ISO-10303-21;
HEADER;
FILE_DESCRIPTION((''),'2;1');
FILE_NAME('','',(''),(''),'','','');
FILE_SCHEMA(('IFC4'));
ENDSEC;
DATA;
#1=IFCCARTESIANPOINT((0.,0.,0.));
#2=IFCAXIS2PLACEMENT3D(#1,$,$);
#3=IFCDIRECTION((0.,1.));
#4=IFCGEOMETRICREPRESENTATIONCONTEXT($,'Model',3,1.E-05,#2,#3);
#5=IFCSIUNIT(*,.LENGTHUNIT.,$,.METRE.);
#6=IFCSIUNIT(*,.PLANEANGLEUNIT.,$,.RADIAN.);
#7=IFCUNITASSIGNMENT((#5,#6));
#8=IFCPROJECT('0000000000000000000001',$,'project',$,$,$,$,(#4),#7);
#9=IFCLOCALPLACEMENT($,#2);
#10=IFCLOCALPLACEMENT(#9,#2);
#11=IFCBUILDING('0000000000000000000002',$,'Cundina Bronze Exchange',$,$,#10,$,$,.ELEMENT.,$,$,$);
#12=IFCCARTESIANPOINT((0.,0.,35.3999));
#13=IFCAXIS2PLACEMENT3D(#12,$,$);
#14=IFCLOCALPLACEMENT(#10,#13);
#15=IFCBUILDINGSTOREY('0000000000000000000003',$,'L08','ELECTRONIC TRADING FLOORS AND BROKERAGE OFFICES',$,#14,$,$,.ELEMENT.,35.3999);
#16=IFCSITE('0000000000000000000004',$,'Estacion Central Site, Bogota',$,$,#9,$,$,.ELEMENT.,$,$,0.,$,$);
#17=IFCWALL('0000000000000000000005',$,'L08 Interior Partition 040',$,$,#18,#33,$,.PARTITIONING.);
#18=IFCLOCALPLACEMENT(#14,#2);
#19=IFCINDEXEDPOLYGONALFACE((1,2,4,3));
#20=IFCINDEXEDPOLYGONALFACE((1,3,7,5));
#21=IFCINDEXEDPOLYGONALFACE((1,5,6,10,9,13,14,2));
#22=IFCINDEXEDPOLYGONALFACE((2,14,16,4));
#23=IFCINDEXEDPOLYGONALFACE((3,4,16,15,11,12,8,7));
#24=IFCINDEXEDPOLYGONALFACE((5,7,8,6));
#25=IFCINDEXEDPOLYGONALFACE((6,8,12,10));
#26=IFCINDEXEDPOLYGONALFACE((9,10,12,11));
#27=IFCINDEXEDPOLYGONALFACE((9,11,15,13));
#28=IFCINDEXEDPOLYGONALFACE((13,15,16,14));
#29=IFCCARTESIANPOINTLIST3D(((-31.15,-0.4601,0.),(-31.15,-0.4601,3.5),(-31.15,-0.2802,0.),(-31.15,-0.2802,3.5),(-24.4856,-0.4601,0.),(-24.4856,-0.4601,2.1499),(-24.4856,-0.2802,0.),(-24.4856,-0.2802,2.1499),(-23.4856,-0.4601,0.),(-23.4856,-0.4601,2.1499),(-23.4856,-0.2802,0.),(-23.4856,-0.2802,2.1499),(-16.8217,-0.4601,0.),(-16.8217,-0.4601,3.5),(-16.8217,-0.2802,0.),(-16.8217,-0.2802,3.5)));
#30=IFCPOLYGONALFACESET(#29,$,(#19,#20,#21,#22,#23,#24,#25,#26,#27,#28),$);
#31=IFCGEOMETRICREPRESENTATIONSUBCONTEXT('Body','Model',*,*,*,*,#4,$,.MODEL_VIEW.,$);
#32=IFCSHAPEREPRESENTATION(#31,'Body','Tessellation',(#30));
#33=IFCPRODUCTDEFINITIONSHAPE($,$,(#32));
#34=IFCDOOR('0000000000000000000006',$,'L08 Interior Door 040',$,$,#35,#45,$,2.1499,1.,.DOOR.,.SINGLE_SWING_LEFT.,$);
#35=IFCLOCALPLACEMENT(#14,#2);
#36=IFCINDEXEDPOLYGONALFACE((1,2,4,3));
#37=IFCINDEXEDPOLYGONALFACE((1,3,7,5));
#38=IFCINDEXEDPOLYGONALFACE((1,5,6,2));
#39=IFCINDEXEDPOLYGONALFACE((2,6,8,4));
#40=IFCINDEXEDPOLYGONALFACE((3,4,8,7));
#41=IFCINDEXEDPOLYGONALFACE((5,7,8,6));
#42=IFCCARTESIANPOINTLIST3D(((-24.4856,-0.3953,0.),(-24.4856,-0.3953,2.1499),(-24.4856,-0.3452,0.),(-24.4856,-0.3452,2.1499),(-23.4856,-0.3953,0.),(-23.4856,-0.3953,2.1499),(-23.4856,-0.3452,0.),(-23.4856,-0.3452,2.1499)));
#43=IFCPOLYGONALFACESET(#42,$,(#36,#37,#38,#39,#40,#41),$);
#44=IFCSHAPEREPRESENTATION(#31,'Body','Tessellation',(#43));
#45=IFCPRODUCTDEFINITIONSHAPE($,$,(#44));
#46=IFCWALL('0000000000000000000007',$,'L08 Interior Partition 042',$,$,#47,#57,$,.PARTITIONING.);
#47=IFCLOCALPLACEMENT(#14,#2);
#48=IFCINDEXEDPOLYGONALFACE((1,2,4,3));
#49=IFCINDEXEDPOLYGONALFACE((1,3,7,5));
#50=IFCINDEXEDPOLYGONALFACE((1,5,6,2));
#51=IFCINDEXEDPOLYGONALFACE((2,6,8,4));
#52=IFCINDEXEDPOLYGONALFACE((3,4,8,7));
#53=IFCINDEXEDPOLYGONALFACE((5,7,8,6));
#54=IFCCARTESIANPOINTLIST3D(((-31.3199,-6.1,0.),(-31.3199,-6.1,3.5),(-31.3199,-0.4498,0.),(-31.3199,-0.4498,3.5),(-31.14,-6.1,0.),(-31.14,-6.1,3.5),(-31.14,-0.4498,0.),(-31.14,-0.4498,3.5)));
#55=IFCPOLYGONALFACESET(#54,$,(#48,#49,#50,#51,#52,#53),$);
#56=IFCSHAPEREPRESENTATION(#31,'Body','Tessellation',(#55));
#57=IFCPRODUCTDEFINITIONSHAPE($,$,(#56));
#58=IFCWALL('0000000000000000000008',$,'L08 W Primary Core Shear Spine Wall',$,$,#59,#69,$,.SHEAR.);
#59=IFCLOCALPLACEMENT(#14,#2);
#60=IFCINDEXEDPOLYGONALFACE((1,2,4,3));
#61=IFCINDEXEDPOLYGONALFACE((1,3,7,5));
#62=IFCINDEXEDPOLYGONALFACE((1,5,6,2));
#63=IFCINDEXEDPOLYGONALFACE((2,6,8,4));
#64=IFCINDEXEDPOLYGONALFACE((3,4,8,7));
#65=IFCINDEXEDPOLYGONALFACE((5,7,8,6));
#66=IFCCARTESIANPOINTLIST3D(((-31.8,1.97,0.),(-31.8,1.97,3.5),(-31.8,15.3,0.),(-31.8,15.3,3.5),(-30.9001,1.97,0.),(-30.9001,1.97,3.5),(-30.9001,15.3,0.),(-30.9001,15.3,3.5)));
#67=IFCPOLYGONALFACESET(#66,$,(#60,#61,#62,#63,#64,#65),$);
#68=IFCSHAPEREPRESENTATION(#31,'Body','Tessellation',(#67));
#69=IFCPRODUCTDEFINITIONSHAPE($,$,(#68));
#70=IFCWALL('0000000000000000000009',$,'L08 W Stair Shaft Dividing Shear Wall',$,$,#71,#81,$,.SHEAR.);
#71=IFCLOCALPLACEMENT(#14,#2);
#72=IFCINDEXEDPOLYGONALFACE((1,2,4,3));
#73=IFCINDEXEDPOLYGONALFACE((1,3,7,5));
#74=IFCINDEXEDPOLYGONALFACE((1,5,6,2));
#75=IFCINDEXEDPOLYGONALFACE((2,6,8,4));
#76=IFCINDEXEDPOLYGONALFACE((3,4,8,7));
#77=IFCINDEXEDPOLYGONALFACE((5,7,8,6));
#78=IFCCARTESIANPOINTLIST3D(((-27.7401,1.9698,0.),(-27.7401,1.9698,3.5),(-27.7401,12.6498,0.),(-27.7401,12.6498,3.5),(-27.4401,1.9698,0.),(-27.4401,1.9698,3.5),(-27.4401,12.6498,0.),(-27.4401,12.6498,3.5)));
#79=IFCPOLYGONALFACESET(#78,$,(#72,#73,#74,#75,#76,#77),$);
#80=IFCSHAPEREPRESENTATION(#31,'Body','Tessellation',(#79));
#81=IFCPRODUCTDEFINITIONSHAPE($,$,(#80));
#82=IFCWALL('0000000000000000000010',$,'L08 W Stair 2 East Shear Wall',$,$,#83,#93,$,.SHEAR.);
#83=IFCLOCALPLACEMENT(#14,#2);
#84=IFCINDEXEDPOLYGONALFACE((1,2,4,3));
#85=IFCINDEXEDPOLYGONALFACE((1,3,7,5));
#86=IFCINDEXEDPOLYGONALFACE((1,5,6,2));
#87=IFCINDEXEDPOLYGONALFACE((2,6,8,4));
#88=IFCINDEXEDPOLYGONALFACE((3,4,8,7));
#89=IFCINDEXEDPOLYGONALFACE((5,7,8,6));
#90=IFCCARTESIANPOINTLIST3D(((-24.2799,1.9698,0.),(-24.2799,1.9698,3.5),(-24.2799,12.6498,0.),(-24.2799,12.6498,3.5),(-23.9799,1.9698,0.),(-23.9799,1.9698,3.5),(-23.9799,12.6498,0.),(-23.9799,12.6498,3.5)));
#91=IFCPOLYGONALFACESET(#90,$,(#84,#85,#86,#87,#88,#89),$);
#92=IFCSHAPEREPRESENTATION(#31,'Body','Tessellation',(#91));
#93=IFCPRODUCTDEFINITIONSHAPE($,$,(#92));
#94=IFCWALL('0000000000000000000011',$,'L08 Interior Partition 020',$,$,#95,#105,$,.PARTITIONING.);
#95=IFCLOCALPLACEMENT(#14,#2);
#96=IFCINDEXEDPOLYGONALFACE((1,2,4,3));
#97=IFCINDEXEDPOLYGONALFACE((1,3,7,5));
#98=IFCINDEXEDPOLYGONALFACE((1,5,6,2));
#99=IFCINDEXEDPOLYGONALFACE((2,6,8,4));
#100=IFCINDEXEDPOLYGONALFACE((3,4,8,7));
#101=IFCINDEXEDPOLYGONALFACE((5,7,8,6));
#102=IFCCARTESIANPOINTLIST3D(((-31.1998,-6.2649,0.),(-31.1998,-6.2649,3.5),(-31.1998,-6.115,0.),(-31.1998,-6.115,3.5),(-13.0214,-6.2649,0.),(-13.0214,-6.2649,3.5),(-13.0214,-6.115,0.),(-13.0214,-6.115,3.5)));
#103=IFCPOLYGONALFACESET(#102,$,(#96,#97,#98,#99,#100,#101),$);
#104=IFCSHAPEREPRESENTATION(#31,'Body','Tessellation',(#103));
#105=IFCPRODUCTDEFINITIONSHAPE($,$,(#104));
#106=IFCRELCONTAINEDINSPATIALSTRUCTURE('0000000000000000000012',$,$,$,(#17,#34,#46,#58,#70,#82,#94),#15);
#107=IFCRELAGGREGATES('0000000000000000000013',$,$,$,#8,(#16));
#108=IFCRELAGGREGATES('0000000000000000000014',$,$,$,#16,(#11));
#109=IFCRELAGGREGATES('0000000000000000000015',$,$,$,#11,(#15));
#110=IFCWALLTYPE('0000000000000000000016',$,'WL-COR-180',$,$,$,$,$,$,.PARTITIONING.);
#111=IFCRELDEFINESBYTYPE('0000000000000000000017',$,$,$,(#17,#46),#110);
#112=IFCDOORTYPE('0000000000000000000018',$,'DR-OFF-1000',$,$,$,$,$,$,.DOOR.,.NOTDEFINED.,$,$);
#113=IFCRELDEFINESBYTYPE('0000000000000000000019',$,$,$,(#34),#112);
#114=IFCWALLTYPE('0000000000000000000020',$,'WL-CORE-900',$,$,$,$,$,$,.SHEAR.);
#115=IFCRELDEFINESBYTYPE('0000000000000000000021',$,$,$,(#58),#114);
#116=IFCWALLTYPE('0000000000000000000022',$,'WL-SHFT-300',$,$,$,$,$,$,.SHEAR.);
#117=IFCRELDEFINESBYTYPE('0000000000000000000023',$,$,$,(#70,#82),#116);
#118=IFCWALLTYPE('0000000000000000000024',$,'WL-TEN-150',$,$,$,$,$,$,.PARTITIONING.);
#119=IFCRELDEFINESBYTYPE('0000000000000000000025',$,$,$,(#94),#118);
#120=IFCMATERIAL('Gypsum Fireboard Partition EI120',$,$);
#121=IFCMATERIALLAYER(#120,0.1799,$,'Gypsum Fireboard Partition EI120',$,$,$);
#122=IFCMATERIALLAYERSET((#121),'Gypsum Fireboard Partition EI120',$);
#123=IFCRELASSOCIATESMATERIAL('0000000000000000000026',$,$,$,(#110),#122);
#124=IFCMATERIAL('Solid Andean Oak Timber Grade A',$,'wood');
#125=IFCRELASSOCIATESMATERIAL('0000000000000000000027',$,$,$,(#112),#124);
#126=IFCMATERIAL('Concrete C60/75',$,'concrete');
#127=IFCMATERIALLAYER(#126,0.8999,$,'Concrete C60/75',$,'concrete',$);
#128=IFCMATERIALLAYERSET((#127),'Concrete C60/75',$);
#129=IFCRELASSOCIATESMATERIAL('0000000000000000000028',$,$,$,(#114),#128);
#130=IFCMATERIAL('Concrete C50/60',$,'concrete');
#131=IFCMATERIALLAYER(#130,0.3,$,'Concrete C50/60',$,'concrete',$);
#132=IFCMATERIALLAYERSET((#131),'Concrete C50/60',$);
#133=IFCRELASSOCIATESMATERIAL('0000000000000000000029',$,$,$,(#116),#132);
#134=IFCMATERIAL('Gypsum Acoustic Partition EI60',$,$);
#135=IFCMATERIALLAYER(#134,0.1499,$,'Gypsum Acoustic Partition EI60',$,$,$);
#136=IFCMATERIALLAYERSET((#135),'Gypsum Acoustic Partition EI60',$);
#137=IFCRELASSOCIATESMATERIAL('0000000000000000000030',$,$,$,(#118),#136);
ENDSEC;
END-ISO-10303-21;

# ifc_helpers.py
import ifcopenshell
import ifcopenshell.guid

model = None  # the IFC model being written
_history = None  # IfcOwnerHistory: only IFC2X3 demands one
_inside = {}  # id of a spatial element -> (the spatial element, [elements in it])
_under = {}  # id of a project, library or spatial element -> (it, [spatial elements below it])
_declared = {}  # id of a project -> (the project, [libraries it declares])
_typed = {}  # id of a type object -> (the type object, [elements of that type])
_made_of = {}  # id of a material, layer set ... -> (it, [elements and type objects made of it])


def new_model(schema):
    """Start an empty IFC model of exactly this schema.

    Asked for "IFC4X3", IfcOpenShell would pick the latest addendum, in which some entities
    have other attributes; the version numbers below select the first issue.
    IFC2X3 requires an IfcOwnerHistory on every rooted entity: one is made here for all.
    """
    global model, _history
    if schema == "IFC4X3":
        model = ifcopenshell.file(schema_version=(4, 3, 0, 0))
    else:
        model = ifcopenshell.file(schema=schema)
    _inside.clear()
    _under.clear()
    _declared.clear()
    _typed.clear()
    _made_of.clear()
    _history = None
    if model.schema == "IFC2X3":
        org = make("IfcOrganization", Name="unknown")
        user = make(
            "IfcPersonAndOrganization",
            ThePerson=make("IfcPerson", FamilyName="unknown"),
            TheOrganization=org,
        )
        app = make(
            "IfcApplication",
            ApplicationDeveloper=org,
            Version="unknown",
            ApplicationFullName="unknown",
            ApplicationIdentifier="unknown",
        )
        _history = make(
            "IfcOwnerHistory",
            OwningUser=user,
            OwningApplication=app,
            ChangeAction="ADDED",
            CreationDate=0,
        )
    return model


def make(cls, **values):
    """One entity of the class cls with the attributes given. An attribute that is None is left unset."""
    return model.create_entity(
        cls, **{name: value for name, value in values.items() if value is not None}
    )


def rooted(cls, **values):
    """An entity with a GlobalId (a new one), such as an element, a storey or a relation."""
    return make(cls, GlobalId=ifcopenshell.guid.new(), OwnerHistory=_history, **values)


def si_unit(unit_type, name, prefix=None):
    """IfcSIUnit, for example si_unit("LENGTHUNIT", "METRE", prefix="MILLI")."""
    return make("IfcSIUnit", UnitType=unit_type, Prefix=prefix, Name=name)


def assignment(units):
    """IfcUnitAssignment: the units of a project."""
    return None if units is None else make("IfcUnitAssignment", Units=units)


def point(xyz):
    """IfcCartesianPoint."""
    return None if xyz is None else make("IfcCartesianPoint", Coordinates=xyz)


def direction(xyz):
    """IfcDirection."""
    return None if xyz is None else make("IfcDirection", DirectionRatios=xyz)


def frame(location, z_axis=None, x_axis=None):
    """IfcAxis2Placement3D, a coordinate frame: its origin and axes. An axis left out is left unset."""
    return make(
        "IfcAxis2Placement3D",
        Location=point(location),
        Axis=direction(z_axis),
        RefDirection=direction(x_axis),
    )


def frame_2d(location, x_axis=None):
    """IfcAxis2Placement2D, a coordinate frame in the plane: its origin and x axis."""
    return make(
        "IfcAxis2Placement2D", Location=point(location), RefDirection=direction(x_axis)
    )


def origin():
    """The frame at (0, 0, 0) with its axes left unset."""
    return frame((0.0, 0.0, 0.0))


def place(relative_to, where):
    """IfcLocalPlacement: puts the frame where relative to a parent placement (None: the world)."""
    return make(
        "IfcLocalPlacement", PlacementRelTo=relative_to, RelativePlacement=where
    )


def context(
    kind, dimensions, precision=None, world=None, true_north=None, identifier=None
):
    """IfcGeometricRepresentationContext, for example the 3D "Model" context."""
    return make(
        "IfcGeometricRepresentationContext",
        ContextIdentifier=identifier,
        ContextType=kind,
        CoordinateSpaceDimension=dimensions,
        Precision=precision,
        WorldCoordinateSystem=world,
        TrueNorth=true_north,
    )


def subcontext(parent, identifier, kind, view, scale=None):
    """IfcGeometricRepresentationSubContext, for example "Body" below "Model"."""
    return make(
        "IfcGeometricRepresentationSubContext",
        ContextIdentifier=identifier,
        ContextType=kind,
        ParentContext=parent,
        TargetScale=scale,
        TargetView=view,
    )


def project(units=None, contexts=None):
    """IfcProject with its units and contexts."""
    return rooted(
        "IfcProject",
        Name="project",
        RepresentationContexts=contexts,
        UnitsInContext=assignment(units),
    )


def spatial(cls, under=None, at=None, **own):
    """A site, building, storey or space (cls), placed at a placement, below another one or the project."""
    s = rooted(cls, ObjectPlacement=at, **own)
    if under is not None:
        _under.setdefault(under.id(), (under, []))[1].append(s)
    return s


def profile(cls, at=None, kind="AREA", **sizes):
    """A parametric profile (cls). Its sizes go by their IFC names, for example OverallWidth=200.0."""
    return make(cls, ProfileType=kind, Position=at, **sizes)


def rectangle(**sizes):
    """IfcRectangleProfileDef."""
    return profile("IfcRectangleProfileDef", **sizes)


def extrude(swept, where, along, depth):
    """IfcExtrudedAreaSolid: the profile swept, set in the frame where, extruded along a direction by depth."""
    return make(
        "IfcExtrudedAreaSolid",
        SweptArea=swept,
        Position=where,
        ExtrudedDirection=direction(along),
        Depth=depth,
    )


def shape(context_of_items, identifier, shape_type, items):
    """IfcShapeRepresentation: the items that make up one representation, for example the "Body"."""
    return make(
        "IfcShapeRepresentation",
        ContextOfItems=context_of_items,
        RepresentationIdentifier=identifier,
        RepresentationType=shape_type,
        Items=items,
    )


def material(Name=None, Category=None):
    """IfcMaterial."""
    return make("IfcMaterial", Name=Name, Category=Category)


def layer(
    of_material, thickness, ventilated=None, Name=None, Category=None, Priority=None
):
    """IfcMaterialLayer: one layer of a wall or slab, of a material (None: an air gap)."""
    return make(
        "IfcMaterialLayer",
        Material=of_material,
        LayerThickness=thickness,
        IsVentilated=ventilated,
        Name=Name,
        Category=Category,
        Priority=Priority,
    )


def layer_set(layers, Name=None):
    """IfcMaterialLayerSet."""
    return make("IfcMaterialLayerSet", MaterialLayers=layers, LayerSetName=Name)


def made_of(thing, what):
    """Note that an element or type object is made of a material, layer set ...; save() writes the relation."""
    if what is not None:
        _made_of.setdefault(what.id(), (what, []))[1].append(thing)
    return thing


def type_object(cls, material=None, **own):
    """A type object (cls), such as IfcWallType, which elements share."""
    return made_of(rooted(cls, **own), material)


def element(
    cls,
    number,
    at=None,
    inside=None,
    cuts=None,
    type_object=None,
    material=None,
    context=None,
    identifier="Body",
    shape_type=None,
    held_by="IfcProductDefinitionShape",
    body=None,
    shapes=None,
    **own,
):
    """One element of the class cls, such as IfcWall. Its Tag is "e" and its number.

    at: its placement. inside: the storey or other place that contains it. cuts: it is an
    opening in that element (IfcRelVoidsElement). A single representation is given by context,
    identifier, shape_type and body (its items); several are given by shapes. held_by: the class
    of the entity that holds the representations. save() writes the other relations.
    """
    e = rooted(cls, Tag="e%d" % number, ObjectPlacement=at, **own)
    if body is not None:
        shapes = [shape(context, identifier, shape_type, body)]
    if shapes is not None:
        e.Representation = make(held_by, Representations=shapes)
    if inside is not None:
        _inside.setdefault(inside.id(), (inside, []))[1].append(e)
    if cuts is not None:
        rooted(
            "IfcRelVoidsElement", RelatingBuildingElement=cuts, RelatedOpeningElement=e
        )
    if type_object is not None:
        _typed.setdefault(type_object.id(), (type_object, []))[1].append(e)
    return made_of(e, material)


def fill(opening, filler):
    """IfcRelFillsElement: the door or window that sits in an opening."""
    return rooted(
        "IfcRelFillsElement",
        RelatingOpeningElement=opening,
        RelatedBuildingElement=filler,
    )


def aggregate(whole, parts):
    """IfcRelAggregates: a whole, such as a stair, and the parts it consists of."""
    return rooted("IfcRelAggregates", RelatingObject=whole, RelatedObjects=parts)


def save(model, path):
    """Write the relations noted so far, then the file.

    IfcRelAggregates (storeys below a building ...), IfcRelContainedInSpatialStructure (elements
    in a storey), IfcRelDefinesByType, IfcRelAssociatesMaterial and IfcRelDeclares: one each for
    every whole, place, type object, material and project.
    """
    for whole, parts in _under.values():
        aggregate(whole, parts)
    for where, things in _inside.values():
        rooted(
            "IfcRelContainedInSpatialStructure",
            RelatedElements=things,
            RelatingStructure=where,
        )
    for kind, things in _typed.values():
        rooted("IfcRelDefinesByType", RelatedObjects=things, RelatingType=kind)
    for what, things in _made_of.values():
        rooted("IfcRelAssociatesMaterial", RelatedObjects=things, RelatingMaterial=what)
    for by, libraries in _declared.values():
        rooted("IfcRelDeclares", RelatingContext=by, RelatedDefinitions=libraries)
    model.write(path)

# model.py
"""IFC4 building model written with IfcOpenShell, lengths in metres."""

from ifc_helpers import new_model, si_unit, direction, frame, frame_2d, origin, place, context, subcontext, project, spatial, rectangle, extrude, material, layer, layer_set, type_object, element, fill, save


model = new_model("IFC4")

# Units and contexts
model_context = context("Model", 3, precision=1e-05, world=origin(), true_north=direction((0.0, 1.0)))
body_context = subcontext(model_context, "Body", "Model", "MODEL_VIEW")
ifc_project = project(units=[si_unit("LENGTHUNIT", "METRE"), si_unit("PLANEANGLEUNIT", "RADIAN")], contexts=[model_context])

# Site, building, storey
site_placement = place(None, origin())
site = spatial("IfcSite", under=ifc_project, at=site_placement, Name="Estacion Central Site, Bogota", CompositionType="ELEMENT", RefElevation=0.0)
building_placement = place(site_placement, origin())
building = spatial("IfcBuilding", under=site, at=building_placement, Name="Cundina Bronze Exchange", CompositionType="ELEMENT")
storey_placement = place(building_placement, frame((0.0, 0.0, 35.3999)))
storey = spatial("IfcBuildingStorey", under=building, at=storey_placement, Name="L08", Description="ELECTRONIC TRADING FLOORS AND BROKERAGE OFFICES", CompositionType="ELEMENT", Elevation=35.3999)

# Wall, opening, door
ifc_material_1 = material(Name="Gypsum Fireboard Partition EI120")
ifc_layer_1 = layer(ifc_material_1, 0.1799, Name="Gypsum Fireboard Partition EI120")
ifc_layer_set_1 = layer_set([ifc_layer_1], Name="Gypsum Fireboard Partition EI120")
wall_type_1 = type_object("IfcWallType", Name="WL-COR-180", PredefinedType="PARTITIONING", material=ifc_layer_set_1)
ifc_material_2 = material(Name="Solid Andean Oak Timber Grade A", Category="wood")
wall_1_placement = place(storey_placement, frame((-31.1499, -0.3701, 0.0), z_axis=(0.0, 0.0, 1.0), x_axis=(1.0, 0.0, 0.0)))
wall_1 = element("IfcWall", 1, at=wall_1_placement, inside=storey, type_object=wall_type_1, Name="L08 Interior Partition 040", PredefinedType="PARTITIONING", context=body_context, shape_type="SweptSolid", body=[
    extrude(rectangle(XDim=14.3284, YDim=0.1799, at=frame_2d((7.1641, 0.0))), origin(), (0.0, 0.0, 1.0), 3.5),
])
opening_1_placement = place(wall_1_placement, frame((6.6643, 0.0, 0.0)))
opening_1 = element("IfcOpeningElement", 2, at=opening_1_placement, cuts=wall_1, PredefinedType="OPENING", context=body_context, shape_type="SweptSolid", body=[
    extrude(rectangle(XDim=1.0, YDim=2.1499, at=frame_2d((0.5, 1.075))), frame((0.0, 0.0999, 0.0), z_axis=(0.0, -1.0, 0.0), x_axis=(1.0, 0.0, 0.0)), (0.0, 0.0, 1.0), 0.2),
])
door_type_1 = type_object("IfcDoorType", Name="DR-OFF-1000", OperationType="NOTDEFINED", PredefinedType="DOOR", material=ifc_material_2)
door_1_placement = place(opening_1_placement, origin())
door_1 = element("IfcDoor", 3, at=door_1_placement, inside=storey, type_object=door_type_1, Name="L08 Interior Door 040", OperationType="SINGLE_SWING_LEFT", OverallHeight=2.1499, OverallWidth=1.0, PredefinedType="DOOR", context=body_context, shape_type="SweptSolid", body=[
    extrude(rectangle(XDim=1.0, YDim=2.1499, at=frame_2d((0.5, 1.075))), frame((0.0, 0.0249, 0.0), z_axis=(0.0, -1.0, 0.0), x_axis=(1.0, 0.0, 0.0)), (0.0, 0.0, 1.0), 0.05),
])
fill(opening_1, door_1)

# Walls
wall_2_placement = place(storey_placement, frame((-31.23, -6.1001, 0.0), z_axis=(0.0, 0.0, 1.0), x_axis=(0.0, 1.0, 0.0)))
element("IfcWall", 4, at=wall_2_placement, inside=storey, type_object=wall_type_1, Name="L08 Interior Partition 042", PredefinedType="PARTITIONING", context=body_context, shape_type="SweptSolid", body=[
    extrude(rectangle(XDim=5.6501, YDim=0.1799, at=frame_2d((2.8252, 0.0))), origin(), (0.0, 0.0, 1.0), 3.5),
])
ifc_material_3 = material(Name="Concrete C60/75", Category="concrete")
ifc_layer_2 = layer(ifc_material_3, 0.8999, Name="Concrete C60/75", Category="concrete")
ifc_layer_set_2 = layer_set([ifc_layer_2], Name="Concrete C60/75")
wall_type_2 = type_object("IfcWallType", Name="WL-CORE-900", PredefinedType="SHEAR", material=ifc_layer_set_2)
wall_3_placement = place(storey_placement, frame((-31.3501, 1.97, 0.0), z_axis=(0.0, 0.0, 1.0), x_axis=(0.0, 1.0, 0.0)))
element("IfcWall", 5, at=wall_3_placement, inside=storey, type_object=wall_type_2, Name="L08 W Primary Core Shear Spine Wall", PredefinedType="SHEAR", context=body_context, shape_type="SweptSolid", body=[
    extrude(rectangle(XDim=13.3301, YDim=0.8999, at=frame_2d((6.665, 0.0))), origin(), (0.0, 0.0, 1.0), 3.5),
])
ifc_material_4 = material(Name="Concrete C50/60", Category="concrete")
ifc_layer_3 = layer(ifc_material_4, 0.3, Name="Concrete C50/60", Category="concrete")
ifc_layer_set_3 = layer_set([ifc_layer_3], Name="Concrete C50/60")
wall_type_3 = type_object("IfcWallType", Name="WL-SHFT-300", PredefinedType="SHEAR", material=ifc_layer_set_3)
for number, where, z_axis, x_axis, name in (
    (6, (-27.5901, 1.97, 0.0), (0.0, 0.0, 1.0), (0.0, 1.0, 0.0), "L08 W Stair Shaft Dividing Shear Wall"),
    (7, (-24.1299, 1.97, 0.0), (0.0, 0.0, 1.0), (0.0, 1.0, 0.0), "L08 W Stair 2 East Shear Wall"),
):
    element("IfcWall", number, at=place(storey_placement, frame(where, z_axis=z_axis, x_axis=x_axis)), inside=storey, type_object=wall_type_3, Name=name, PredefinedType="SHEAR", context=body_context, shape_type="SweptSolid", body=[
        extrude(rectangle(XDim=10.6799, YDim=0.3, at=frame_2d((5.3398, 0.0))), origin(), (0.0, 0.0, 1.0), 3.5),
    ])
ifc_material_5 = material(Name="Gypsum Acoustic Partition EI60")
ifc_layer_4 = layer(ifc_material_5, 0.1499, Name="Gypsum Acoustic Partition EI60")
ifc_layer_set_4 = layer_set([ifc_layer_4], Name="Gypsum Acoustic Partition EI60")
wall_type_4 = type_object("IfcWallType", Name="WL-TEN-150", PredefinedType="PARTITIONING", material=ifc_layer_set_4)
wall_4_placement = place(storey_placement, frame((-31.2, -6.1899, 0.0), z_axis=(0.0, 0.0, 1.0), x_axis=(1.0, 0.0, 0.0)))
element("IfcWall", 8, at=wall_4_placement, inside=storey, type_object=wall_type_4, Name="L08 Interior Partition 020", PredefinedType="PARTITIONING", context=body_context, shape_type="SweptSolid", body=[
    extrude(rectangle(XDim=18.1785, YDim=0.1499, at=frame_2d((9.0894, 0.0))), origin(), (0.0, 0.0, 1.0), 3.5),
])

save(model, "model.ifc")
